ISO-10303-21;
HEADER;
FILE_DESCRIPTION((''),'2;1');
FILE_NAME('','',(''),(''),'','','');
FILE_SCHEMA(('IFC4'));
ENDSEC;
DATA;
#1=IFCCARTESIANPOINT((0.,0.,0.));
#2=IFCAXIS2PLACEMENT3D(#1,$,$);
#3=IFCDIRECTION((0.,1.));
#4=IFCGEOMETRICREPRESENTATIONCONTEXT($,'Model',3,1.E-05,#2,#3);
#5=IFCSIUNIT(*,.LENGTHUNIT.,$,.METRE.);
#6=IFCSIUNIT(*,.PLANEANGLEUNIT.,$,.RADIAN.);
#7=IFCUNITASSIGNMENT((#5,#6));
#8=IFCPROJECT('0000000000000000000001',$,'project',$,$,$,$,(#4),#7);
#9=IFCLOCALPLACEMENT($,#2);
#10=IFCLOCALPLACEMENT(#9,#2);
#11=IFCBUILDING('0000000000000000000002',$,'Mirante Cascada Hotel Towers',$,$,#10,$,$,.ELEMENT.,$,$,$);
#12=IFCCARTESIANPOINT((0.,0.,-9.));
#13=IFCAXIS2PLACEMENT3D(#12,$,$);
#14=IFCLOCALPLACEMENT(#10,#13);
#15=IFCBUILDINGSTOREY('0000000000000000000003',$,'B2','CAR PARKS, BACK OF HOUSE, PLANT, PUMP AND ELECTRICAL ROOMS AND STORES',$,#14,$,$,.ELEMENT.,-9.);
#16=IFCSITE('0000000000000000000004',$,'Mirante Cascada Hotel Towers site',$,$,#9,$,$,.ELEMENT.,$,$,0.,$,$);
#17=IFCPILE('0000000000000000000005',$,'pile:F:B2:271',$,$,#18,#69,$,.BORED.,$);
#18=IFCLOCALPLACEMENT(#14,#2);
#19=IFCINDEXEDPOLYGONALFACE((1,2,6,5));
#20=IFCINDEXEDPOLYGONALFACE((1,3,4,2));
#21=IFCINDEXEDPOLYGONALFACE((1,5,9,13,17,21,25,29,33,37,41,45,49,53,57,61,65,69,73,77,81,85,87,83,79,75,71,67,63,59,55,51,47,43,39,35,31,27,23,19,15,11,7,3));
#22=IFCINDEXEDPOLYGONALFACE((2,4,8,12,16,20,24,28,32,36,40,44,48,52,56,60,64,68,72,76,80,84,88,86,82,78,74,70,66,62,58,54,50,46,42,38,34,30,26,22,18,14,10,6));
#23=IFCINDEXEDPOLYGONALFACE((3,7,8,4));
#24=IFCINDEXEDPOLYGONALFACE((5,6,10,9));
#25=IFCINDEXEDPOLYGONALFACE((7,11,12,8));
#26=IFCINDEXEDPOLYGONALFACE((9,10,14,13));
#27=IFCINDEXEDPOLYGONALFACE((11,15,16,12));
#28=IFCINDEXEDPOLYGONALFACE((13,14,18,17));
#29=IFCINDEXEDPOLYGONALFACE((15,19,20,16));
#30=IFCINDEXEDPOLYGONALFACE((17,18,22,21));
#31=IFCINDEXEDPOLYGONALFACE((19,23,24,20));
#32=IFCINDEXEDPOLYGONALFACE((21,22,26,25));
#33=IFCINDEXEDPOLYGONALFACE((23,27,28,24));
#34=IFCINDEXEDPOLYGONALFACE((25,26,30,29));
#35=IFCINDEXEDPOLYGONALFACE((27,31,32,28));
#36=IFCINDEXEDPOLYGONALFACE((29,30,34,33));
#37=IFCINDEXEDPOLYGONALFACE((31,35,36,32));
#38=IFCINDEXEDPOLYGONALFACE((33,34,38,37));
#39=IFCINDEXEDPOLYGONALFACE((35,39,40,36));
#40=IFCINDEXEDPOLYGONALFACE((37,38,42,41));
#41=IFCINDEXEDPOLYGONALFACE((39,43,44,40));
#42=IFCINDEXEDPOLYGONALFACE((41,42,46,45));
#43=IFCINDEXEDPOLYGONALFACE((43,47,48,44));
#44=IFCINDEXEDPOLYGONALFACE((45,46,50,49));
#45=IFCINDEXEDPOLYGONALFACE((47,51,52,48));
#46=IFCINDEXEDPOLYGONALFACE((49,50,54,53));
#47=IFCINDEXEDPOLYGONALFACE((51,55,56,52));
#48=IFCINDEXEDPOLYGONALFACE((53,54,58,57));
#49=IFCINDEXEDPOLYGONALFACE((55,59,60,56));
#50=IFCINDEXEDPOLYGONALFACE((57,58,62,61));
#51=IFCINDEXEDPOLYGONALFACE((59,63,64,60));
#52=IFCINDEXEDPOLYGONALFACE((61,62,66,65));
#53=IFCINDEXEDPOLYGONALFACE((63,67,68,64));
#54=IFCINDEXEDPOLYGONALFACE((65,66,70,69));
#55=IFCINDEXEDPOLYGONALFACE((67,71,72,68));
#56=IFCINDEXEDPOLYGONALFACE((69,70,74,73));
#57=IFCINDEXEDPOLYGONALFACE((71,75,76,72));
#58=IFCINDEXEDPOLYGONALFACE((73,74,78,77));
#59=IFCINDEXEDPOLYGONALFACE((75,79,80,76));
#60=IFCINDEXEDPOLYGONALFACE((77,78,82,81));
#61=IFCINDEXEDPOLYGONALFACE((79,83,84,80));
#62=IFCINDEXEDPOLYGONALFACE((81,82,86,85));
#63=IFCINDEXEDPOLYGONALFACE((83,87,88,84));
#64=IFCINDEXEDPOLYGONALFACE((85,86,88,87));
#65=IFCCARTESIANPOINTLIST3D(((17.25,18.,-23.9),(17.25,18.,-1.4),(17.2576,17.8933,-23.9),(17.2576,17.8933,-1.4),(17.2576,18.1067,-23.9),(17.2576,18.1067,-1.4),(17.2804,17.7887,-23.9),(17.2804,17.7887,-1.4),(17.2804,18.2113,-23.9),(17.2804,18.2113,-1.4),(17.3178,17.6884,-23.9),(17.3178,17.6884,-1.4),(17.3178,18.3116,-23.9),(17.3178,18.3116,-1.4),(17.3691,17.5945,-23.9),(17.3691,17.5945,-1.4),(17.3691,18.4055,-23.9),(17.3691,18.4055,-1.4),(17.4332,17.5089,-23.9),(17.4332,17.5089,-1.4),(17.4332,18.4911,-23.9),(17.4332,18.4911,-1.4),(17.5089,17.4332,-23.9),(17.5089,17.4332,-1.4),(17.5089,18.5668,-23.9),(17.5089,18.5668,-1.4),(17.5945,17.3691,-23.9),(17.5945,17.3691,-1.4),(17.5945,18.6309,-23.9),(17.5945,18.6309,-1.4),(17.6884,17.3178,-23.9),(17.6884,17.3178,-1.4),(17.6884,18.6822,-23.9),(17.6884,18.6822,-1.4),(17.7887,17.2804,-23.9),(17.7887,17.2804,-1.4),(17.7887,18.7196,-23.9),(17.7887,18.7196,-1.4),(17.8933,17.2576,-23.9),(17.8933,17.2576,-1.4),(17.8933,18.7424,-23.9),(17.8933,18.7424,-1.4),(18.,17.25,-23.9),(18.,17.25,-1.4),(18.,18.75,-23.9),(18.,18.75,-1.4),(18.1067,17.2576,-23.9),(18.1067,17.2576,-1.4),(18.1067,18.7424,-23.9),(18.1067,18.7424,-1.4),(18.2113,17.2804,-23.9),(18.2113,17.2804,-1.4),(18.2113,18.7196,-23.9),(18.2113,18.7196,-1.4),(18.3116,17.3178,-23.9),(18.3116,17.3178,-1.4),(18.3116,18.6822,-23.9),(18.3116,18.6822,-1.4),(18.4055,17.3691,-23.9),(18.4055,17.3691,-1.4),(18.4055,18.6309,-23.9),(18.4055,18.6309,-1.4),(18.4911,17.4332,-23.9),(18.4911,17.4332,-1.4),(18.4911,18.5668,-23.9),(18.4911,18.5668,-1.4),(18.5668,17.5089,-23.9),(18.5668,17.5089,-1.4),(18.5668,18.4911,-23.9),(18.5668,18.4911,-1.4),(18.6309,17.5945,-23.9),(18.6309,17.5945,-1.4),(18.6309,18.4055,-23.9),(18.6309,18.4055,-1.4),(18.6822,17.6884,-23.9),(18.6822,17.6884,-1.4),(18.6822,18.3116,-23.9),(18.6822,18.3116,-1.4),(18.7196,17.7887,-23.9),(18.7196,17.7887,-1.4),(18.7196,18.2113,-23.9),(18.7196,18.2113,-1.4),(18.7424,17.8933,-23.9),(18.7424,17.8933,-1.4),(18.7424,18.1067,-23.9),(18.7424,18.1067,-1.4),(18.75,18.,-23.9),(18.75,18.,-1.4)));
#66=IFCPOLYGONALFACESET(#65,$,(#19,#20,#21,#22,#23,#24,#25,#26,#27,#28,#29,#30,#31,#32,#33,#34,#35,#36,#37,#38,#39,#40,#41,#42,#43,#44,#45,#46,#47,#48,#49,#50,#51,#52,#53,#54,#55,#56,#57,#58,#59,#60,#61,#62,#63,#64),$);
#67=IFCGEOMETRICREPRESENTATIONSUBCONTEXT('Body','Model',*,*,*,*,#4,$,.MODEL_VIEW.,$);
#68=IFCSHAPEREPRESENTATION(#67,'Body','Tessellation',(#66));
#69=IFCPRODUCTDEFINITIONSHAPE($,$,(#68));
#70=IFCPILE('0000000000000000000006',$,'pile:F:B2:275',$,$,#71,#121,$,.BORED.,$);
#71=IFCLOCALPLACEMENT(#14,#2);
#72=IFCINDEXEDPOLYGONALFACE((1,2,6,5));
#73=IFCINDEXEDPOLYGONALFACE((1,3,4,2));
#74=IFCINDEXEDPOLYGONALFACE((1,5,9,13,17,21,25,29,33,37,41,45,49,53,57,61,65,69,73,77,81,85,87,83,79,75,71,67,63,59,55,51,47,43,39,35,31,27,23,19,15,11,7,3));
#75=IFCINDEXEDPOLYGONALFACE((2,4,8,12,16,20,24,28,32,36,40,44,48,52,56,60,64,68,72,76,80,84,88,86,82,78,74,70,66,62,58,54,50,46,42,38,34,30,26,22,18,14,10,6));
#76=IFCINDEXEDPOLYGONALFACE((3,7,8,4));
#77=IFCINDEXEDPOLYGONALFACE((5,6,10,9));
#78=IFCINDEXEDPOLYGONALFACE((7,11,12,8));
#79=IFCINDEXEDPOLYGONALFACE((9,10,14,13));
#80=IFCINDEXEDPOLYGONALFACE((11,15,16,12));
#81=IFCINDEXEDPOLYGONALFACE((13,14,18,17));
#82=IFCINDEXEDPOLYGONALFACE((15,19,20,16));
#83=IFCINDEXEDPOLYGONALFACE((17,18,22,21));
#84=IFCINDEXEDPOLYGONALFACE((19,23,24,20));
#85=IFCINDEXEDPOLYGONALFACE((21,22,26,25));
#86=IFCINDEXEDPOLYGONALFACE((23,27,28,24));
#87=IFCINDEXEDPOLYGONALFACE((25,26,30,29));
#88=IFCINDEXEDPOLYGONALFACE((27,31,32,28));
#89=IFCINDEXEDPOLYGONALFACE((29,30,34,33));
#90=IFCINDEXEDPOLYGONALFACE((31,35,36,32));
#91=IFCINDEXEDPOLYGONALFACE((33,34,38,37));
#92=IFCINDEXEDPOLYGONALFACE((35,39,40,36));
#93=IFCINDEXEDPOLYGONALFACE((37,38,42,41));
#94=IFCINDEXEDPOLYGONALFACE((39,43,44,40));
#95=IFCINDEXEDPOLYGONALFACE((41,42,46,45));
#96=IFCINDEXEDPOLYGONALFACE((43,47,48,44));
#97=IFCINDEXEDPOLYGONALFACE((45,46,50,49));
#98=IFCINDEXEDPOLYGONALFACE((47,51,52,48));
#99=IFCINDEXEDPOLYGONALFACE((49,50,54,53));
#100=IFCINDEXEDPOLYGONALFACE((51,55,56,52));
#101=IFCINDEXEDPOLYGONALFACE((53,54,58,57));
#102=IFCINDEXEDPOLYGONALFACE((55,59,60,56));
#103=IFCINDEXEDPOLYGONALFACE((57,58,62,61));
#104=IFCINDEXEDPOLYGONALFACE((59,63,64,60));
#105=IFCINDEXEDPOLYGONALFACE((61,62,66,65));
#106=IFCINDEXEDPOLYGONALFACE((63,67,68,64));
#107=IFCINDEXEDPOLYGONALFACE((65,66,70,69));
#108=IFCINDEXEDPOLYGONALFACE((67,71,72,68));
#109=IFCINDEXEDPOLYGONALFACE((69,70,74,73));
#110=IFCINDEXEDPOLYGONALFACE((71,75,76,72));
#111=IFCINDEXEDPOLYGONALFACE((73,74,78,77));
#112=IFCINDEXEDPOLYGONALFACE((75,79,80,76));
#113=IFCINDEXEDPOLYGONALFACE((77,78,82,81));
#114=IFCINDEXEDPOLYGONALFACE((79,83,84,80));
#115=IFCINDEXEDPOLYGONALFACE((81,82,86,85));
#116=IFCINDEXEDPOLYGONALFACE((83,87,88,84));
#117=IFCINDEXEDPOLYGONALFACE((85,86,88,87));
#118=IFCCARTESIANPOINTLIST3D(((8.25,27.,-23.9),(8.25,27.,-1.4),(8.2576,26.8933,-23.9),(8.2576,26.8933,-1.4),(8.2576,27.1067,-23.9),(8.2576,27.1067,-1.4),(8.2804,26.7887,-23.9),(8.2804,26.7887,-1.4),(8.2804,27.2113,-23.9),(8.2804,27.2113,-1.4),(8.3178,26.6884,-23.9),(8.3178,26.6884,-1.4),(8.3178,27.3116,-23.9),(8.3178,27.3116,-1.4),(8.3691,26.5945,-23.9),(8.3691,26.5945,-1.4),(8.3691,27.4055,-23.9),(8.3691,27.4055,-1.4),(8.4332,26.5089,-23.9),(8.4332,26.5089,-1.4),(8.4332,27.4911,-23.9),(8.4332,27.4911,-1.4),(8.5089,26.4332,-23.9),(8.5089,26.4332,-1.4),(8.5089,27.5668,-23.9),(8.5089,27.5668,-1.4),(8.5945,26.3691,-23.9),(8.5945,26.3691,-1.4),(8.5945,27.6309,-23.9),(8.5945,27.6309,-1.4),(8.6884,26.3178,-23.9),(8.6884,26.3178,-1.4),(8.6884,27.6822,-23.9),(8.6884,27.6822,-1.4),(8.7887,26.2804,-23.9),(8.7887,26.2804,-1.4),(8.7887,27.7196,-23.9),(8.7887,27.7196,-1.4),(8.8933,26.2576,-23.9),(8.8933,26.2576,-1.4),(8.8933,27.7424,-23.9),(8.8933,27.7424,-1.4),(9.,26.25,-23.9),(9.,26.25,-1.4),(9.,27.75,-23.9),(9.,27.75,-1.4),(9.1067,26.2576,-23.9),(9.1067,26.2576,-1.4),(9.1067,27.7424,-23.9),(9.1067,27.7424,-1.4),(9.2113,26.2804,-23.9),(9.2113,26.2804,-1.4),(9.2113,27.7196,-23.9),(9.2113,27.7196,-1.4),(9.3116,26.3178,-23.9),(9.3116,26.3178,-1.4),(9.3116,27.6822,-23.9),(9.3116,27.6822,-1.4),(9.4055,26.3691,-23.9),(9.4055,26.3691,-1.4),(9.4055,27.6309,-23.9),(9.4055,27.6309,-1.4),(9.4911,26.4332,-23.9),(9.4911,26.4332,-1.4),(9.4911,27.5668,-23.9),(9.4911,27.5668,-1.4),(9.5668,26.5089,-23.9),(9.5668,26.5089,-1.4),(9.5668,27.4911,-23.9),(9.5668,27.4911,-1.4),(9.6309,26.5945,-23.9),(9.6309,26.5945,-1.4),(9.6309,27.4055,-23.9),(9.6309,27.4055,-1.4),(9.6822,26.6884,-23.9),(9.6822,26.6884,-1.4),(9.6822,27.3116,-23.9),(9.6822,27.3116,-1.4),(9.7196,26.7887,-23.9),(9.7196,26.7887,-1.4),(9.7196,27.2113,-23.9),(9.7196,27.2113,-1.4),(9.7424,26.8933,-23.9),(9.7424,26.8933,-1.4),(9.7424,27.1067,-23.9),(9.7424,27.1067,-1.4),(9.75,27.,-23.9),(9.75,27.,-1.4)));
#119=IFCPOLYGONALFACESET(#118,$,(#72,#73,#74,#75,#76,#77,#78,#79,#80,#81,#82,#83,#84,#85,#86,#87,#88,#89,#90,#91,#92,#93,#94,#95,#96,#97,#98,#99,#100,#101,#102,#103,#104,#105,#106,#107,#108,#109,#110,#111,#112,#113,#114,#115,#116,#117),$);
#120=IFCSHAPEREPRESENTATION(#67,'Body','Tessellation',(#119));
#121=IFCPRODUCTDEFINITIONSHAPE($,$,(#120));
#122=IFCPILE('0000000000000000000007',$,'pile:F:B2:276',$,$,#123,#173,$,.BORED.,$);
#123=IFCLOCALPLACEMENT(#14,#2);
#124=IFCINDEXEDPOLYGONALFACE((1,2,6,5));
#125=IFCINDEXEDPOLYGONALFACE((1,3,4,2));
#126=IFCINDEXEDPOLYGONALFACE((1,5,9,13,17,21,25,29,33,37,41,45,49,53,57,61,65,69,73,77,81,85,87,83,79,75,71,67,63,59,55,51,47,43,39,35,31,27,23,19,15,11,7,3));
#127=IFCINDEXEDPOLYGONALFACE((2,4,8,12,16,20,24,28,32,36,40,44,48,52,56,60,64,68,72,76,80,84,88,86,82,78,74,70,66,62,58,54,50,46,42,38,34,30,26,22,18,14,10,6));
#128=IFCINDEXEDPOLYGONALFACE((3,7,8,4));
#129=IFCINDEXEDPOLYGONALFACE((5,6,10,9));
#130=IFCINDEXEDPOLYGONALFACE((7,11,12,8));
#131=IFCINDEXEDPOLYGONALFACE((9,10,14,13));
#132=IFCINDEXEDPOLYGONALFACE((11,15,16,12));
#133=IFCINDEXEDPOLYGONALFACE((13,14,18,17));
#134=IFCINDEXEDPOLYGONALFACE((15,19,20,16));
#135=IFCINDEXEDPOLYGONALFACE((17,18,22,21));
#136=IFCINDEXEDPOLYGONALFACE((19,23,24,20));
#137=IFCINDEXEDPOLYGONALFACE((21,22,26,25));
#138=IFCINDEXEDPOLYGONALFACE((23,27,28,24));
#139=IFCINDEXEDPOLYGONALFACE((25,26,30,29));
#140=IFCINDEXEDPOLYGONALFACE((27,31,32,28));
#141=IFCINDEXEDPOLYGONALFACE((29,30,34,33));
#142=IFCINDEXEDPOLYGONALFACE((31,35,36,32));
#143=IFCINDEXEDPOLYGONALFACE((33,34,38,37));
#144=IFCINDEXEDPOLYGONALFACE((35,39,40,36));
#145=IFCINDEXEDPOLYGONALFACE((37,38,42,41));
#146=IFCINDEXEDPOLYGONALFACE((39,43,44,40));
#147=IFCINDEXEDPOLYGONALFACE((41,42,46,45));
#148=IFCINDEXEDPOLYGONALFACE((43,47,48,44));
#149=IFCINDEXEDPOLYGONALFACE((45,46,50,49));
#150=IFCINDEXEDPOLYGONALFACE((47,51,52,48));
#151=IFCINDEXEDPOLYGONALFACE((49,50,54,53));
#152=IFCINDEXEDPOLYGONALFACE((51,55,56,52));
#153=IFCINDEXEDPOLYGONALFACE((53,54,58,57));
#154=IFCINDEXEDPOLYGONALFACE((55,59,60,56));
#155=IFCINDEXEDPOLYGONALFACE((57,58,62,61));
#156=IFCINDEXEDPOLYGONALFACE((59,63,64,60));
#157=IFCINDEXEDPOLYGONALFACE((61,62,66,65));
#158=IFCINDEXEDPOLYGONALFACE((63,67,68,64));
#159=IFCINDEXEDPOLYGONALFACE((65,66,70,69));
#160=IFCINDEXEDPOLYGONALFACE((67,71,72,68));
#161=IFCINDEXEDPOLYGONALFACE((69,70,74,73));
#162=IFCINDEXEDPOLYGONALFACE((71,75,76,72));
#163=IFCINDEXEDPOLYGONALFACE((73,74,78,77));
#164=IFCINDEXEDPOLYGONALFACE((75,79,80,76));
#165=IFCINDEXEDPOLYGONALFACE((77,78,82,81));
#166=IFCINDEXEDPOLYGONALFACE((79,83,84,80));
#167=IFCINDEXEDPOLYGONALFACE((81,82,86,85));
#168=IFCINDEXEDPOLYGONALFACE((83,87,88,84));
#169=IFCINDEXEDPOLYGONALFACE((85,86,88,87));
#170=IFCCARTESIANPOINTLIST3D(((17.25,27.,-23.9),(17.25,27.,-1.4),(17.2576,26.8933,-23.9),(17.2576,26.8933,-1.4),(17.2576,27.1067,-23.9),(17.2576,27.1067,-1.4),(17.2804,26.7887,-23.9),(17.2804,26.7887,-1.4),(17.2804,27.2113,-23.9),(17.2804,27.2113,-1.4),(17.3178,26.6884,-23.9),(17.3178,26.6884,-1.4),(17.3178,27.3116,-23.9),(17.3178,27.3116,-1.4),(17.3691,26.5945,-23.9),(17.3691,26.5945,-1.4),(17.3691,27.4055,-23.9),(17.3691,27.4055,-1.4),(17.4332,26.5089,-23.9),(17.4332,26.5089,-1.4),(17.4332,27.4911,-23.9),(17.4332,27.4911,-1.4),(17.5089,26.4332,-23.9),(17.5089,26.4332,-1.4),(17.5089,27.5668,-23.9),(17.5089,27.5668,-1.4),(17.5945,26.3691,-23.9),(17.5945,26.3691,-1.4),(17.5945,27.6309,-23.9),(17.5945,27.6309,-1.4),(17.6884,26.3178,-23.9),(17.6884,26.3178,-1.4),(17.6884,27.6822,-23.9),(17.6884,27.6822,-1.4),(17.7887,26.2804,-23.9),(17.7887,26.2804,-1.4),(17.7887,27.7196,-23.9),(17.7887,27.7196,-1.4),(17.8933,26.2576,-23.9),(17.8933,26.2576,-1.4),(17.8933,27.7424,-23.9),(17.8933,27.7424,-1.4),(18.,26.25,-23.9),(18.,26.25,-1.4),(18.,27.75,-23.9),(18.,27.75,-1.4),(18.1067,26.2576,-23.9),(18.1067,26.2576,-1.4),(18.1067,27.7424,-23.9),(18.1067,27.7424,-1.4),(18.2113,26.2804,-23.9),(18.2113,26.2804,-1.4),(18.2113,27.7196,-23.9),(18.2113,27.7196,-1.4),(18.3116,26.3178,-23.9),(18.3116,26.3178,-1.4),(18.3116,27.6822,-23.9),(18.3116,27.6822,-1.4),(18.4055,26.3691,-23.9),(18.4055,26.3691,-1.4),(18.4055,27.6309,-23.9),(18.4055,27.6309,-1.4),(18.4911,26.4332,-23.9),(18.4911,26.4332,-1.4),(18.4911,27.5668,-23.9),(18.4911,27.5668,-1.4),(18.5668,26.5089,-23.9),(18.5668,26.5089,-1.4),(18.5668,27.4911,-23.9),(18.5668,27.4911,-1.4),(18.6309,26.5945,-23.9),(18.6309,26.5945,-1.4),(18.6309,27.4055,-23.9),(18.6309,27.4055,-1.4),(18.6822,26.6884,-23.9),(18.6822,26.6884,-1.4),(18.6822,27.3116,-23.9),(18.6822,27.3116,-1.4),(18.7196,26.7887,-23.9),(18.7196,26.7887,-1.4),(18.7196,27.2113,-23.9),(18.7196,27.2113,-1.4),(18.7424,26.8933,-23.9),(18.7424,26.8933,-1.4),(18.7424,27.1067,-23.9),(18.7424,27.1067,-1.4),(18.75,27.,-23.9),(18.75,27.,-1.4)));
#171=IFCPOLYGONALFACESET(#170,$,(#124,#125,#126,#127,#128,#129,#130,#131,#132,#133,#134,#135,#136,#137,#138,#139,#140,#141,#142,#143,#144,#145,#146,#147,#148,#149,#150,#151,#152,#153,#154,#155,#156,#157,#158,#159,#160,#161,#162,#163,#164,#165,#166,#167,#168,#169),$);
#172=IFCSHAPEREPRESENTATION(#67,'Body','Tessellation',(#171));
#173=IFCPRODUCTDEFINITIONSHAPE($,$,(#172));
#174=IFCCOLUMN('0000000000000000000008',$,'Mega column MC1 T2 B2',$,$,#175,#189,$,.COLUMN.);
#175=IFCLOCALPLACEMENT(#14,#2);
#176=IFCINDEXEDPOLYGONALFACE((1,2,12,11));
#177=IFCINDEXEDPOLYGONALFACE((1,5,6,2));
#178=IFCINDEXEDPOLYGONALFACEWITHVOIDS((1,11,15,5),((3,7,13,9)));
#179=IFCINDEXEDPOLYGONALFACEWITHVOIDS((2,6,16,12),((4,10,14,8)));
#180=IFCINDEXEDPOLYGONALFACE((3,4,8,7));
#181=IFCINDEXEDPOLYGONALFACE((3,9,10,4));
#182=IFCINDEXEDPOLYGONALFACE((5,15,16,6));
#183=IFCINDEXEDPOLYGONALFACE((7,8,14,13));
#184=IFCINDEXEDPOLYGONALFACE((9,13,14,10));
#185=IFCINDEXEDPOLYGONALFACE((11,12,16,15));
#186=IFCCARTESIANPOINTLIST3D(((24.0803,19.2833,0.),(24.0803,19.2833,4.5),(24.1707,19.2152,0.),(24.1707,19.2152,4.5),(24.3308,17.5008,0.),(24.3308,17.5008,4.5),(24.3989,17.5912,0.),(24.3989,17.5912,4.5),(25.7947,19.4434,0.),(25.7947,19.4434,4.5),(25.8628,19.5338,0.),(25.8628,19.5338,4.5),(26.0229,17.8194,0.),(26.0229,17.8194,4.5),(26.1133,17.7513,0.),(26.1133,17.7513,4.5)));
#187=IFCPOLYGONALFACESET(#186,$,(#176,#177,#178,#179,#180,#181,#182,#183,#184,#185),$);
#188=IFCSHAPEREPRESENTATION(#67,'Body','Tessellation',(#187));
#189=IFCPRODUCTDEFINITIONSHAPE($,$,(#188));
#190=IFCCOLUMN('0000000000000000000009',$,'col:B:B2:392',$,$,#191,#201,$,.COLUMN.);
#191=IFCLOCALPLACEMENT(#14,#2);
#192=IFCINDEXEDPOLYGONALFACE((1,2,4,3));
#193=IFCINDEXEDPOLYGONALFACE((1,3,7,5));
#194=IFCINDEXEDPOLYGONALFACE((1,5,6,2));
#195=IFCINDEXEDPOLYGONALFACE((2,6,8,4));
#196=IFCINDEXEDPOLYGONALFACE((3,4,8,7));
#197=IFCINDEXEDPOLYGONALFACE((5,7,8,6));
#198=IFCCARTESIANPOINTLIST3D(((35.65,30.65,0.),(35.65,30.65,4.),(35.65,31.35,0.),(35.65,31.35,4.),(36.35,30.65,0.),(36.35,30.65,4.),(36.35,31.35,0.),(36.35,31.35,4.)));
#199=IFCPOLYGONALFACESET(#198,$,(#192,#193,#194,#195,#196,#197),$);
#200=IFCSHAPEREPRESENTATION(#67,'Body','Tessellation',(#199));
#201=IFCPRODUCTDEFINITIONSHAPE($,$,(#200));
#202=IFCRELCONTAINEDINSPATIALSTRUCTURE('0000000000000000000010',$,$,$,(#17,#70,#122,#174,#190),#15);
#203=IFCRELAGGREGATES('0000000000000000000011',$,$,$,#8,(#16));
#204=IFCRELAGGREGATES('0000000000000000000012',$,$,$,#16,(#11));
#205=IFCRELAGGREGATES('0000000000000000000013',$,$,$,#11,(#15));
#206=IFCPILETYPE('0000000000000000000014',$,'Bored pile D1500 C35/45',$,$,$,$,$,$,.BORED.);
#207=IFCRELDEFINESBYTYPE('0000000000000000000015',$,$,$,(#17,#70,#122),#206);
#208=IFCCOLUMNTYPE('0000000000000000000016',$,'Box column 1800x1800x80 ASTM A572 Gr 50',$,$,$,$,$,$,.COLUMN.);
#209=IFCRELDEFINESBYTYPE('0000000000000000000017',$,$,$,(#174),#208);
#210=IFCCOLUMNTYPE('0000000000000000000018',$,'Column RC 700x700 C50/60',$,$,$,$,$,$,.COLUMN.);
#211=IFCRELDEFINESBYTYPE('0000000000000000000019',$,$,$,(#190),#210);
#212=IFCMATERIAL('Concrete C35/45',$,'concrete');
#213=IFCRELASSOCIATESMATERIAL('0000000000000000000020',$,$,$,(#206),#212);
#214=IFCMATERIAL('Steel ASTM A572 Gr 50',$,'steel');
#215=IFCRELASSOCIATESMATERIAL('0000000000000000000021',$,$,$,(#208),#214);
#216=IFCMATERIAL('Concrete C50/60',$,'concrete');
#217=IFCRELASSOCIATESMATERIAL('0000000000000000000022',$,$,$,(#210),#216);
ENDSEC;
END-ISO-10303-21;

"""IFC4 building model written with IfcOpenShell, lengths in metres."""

from ifc_helpers import new_model, si_unit, direction, frame, origin, origin_2d, place, context, subcontext, project, spatial, rectangle, hollow_rectangle, circle, extrude, material, material_profile, profile_set, type_object, element, save


model = new_model("IFC4")

# Units and contexts
model_context = context("Model", 3, precision=1e-05, world=origin(), true_north=direction((0.0, 1.0)))
body_context = subcontext(model_context, "Body", "Model", "MODEL_VIEW")
ifc_project = project(units=[si_unit("LENGTHUNIT", "METRE"), si_unit("PLANEANGLEUNIT", "RADIAN")], contexts=[model_context])

# Site, building, storey
site_placement = place(None, origin())
site = spatial("IfcSite", under=ifc_project, at=site_placement, Name="Mirante Cascada Hotel Towers site", CompositionType="ELEMENT", RefElevation=0.0)
building_placement = place(site_placement, origin())
building = spatial("IfcBuilding", under=site, at=building_placement, Name="Mirante Cascada Hotel Towers", CompositionType="ELEMENT")
storey_placement = place(building_placement, frame((0.0, 0.0, -9.0)))
storey = spatial("IfcBuildingStorey", under=building, at=storey_placement, Name="B2", Description="CAR PARKS, BACK OF HOUSE, PLANT, PUMP AND ELECTRICAL ROOMS AND STORES", CompositionType="ELEMENT", Elevation=-9.0)

# Piles
ifc_material_1 = material(Name="Concrete C35/45", Category="concrete")
ifc_material_profile_1 = material_profile(ifc_material_1, circle(Radius=0.75, at=origin_2d()), Name="RC D1500")
ifc_profile_set_1 = profile_set([ifc_material_profile_1], Name="Concrete C35/45")
pile_type = type_object("IfcPileType", Name="Bored pile D1500 C35/45", PredefinedType="BORED", material=ifc_profile_set_1)
for number, where, z_axis, x_axis, name in (
    (1, (18.0, 18.0, -1.4), (0.0, 0.0, -1.0), (1.0, 0.0, 0.0), "pile:F:B2:271"),
    (2, (9.0, 27.0, -1.4), (0.0, 0.0, -1.0), (1.0, 0.0, 0.0), "pile:F:B2:275"),
    (3, (18.0, 27.0, -1.4), (0.0, 0.0, -1.0), (1.0, 0.0, 0.0), "pile:F:B2:276"),
):
    element("IfcPile", number, at=place(storey_placement, frame(where, z_axis=z_axis, x_axis=x_axis)), inside=storey, type_object=pile_type, Name=name, PredefinedType="BORED", context=body_context, shape_type="SweptSolid", body=[
        extrude(circle(Radius=0.75, at=origin_2d()), origin(), (0.0, 0.0, 1.0), 22.5),
    ])

# Columns
ifc_material_2 = material(Name="Steel ASTM A572 Gr 50", Category="steel")
ifc_material_profile_2 = material_profile(ifc_material_2, hollow_rectangle(XDim=1.8, YDim=1.8, WallThickness=0.08, at=origin_2d()), Name="Box column 1800x1800x80 ASTM A572 Gr 50")
ifc_profile_set_2 = profile_set([ifc_material_profile_2], Name="Steel ASTM A572 Gr 50")
column_type_1 = type_object("IfcColumnType", Name="Box column 1800x1800x80 ASTM A572 Gr 50", PredefinedType="COLUMN", material=ifc_profile_set_2)
column_1_placement = place(storey_placement, frame((25.0968, 18.5173, 0.0), z_axis=(0.0, 0.0, 1.0), x_axis=(0.990268, 0.139173, 0.0)))
element("IfcColumn", 4, at=column_1_placement, inside=storey, type_object=column_type_1, Name="Mega column MC1 T2 B2", PredefinedType="COLUMN", context=body_context, shape_type="SweptSolid", body=[
    extrude(hollow_rectangle(XDim=1.8, YDim=1.8, WallThickness=0.08, at=origin_2d()), origin(), (0.0, 0.0, 1.0), 4.5),
])
ifc_material_3 = material(Name="Concrete C50/60", Category="concrete")
ifc_material_profile_3 = material_profile(ifc_material_3, rectangle(XDim=0.7, YDim=0.7, at=origin_2d()), Name="RC 700x700")
ifc_profile_set_3 = profile_set([ifc_material_profile_3], Name="Concrete C50/60")
column_type_2 = type_object("IfcColumnType", Name="Column RC 700x700 C50/60", PredefinedType="COLUMN", material=ifc_profile_set_3)
column_2_placement = place(storey_placement, frame((36.0, 31.0, 0.0), z_axis=(0.0, 0.0, 1.0), x_axis=(1.0, 0.0, 0.0)))
element("IfcColumn", 5, at=column_2_placement, inside=storey, type_object=column_type_2, Name="col:B:B2:392", PredefinedType="COLUMN", context=body_context, shape_type="SweptSolid", body=[
    extrude(rectangle(XDim=0.7, YDim=0.7, at=origin_2d()), origin(), (0.0, 0.0, 1.0), 4.0),
])

save(model, "model.ifc")
